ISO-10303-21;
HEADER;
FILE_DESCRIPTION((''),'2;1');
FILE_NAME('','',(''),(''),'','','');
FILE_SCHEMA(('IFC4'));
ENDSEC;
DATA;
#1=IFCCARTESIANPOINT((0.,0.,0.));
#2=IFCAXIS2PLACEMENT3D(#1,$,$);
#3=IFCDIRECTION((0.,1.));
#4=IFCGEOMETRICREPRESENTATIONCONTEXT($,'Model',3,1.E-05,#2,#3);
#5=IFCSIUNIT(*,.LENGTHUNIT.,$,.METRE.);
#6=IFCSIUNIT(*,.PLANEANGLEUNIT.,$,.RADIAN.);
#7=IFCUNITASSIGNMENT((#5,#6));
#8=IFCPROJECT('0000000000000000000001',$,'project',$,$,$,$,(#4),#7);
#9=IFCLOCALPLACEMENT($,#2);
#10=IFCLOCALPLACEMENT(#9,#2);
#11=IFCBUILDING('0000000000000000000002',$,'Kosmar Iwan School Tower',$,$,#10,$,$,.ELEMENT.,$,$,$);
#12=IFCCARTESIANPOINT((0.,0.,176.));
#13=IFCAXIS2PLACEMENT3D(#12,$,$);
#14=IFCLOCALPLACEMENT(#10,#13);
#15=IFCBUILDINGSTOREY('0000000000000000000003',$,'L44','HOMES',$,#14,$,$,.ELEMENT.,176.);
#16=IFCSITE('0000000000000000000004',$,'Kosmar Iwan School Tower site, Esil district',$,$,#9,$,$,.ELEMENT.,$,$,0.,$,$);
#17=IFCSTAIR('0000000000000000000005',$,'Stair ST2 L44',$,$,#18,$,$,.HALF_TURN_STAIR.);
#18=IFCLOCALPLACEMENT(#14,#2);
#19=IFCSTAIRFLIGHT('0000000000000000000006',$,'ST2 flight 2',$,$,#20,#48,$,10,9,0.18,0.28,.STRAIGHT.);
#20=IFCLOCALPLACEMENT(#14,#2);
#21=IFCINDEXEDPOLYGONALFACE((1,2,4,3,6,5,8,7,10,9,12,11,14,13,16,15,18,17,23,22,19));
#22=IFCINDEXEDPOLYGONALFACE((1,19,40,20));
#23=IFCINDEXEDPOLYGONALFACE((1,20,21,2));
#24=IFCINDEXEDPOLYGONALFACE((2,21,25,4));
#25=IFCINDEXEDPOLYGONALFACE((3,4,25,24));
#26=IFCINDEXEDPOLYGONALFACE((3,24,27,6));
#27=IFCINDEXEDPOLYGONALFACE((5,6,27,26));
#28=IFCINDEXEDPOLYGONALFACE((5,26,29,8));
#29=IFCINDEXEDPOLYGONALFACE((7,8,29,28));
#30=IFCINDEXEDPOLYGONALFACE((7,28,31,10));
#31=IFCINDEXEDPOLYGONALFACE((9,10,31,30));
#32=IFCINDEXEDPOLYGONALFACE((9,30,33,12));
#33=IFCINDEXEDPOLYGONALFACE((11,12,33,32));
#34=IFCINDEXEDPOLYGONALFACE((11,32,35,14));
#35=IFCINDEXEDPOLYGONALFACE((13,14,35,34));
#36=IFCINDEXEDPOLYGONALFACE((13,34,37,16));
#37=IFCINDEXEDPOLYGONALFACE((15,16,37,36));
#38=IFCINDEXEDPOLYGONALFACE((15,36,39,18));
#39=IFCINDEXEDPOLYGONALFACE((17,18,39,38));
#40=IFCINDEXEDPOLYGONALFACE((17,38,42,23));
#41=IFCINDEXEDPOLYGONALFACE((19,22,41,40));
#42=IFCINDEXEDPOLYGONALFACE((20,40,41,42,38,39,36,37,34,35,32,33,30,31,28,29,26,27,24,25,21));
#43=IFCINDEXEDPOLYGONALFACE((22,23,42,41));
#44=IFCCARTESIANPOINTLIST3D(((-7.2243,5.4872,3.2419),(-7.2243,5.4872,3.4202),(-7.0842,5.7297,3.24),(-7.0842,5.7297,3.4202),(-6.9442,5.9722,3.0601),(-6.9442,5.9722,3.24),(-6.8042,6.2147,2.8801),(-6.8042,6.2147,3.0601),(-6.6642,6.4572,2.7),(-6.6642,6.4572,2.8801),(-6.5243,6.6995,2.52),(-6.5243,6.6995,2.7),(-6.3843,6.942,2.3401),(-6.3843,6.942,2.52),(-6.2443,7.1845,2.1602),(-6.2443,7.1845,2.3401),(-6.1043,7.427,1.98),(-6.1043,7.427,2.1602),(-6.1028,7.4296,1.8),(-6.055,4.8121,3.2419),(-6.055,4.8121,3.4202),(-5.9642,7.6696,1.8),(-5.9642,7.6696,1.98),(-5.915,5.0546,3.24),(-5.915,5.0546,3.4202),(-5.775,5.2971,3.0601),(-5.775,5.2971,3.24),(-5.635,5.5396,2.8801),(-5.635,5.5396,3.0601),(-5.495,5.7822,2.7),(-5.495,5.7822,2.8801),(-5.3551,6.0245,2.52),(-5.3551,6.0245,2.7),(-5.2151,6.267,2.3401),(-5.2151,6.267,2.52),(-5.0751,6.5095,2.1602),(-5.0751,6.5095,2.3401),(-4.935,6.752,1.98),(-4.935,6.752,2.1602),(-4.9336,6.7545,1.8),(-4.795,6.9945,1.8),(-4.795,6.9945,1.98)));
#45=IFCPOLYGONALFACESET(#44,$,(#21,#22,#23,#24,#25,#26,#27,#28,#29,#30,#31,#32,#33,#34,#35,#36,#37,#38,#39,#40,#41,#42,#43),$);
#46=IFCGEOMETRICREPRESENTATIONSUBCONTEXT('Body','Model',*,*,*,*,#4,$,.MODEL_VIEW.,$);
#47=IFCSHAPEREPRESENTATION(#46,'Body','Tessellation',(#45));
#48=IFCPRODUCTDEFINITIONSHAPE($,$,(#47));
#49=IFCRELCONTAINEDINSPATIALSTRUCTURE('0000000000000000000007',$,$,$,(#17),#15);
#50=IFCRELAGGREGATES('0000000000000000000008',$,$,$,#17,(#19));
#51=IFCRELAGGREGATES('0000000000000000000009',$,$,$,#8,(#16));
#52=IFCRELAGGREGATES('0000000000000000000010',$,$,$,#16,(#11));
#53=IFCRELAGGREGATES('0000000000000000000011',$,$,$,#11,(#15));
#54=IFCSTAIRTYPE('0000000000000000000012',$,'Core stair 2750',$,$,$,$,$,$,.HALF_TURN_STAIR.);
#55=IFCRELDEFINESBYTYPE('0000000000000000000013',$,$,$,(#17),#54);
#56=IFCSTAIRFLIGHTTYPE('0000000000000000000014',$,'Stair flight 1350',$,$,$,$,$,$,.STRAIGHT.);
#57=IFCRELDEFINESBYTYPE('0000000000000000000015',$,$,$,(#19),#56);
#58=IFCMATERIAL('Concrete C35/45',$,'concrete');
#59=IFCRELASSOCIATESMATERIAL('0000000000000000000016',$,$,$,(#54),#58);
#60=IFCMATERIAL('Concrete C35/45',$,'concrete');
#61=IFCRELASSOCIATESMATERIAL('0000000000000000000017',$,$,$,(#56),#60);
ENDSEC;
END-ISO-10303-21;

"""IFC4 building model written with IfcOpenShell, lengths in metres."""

from ifc_helpers import new_model, si_unit, direction, frame, origin, place, context, subcontext, project, spatial, polyline, outline, extrude, material, type_object, element, aggregate, save


model = new_model("IFC4")

# Units and contexts
model_context = context("Model", 3, precision=1e-05, world=origin(), true_north=direction((0.0, 1.0)))
body_context = subcontext(model_context, "Body", "Model", "MODEL_VIEW")
ifc_project = project(units=[si_unit("LENGTHUNIT", "METRE"), si_unit("PLANEANGLEUNIT", "RADIAN")], contexts=[model_context])

# Site, building, storey
site_placement = place(None, origin())
site = spatial("IfcSite", under=ifc_project, at=site_placement, Name="Kosmar Iwan School Tower site, Esil district", CompositionType="ELEMENT", RefElevation=0.0)
building_placement = place(site_placement, origin())
building = spatial("IfcBuilding", under=site, at=building_placement, Name="Kosmar Iwan School Tower", CompositionType="ELEMENT")
storey_placement = place(building_placement, frame((0.0, 0.0, 176.0)))
storey = spatial("IfcBuildingStorey", under=building, at=storey_placement, Name="L44", Description="HOMES", CompositionType="ELEMENT", Elevation=176.0)

# Stair, stair flight
ifc_material_1 = material(Name="Concrete C35/45", Category="concrete")
stair_type = type_object("IfcStairType", Name="Core stair 2750", PredefinedType="HALF_TURN_STAIR", material=ifc_material_1)
stair_placement = place(storey_placement, origin())
stair = element("IfcStair", 1, at=stair_placement, inside=storey, type_object=stair_type, Name="Stair ST2 L44", PredefinedType="HALF_TURN_STAIR")
ifc_material_2 = material(Name="Concrete C35/45", Category="concrete")
stair_flight_type = type_object("IfcStairFlightType", Name="Stair flight 1350", PredefinedType="STRAIGHT", material=ifc_material_2)
stair_flight_placement = place(storey_placement, frame((-5.3796, 7.332, 1.8), z_axis=(0.0, 0.0, 1.0), x_axis=(-0.5, -0.866025, 0.0)))
stair_flight = element("IfcStairFlight", 2, at=stair_flight_placement, type_object=stair_flight_type, Name="ST2 flight 2", NumberOfRisers=10, NumberOfTreads=9, PredefinedType="STRAIGHT", RiserHeight=0.18, TreadLength=0.28, context=body_context, shape_type="SweptSolid", body=[
    extrude(outline(polyline([(0.0, 0.0), (0.0, 0.1799), (0.28, 0.1799), (0.28, 0.3601), (0.5601, 0.3601), (0.5601, 0.54), (0.8401, 0.54), (0.8401, 0.72), (1.1201, 0.72), (1.1201, 0.8999), (1.3999, 0.8999), (1.3999, 1.0801), (1.6799, 1.0801), (1.6799, 1.26), (1.96, 1.26), (1.96, 1.4399), (2.24, 1.4399), (2.24, 1.6201), (2.52, 1.6201), (2.52, 1.8), (2.52, 1.4419), (0.2771, 0.0), (0.0, 0.0)])), frame((0.0, 0.675, 0.0), z_axis=(0.0, -1.0, 0.0), x_axis=(1.0, 0.0, 0.0)), (0.0, 0.0, 1.0), 1.3501),
])
aggregate(stair, [stair_flight])

save(model, "model.ifc")
